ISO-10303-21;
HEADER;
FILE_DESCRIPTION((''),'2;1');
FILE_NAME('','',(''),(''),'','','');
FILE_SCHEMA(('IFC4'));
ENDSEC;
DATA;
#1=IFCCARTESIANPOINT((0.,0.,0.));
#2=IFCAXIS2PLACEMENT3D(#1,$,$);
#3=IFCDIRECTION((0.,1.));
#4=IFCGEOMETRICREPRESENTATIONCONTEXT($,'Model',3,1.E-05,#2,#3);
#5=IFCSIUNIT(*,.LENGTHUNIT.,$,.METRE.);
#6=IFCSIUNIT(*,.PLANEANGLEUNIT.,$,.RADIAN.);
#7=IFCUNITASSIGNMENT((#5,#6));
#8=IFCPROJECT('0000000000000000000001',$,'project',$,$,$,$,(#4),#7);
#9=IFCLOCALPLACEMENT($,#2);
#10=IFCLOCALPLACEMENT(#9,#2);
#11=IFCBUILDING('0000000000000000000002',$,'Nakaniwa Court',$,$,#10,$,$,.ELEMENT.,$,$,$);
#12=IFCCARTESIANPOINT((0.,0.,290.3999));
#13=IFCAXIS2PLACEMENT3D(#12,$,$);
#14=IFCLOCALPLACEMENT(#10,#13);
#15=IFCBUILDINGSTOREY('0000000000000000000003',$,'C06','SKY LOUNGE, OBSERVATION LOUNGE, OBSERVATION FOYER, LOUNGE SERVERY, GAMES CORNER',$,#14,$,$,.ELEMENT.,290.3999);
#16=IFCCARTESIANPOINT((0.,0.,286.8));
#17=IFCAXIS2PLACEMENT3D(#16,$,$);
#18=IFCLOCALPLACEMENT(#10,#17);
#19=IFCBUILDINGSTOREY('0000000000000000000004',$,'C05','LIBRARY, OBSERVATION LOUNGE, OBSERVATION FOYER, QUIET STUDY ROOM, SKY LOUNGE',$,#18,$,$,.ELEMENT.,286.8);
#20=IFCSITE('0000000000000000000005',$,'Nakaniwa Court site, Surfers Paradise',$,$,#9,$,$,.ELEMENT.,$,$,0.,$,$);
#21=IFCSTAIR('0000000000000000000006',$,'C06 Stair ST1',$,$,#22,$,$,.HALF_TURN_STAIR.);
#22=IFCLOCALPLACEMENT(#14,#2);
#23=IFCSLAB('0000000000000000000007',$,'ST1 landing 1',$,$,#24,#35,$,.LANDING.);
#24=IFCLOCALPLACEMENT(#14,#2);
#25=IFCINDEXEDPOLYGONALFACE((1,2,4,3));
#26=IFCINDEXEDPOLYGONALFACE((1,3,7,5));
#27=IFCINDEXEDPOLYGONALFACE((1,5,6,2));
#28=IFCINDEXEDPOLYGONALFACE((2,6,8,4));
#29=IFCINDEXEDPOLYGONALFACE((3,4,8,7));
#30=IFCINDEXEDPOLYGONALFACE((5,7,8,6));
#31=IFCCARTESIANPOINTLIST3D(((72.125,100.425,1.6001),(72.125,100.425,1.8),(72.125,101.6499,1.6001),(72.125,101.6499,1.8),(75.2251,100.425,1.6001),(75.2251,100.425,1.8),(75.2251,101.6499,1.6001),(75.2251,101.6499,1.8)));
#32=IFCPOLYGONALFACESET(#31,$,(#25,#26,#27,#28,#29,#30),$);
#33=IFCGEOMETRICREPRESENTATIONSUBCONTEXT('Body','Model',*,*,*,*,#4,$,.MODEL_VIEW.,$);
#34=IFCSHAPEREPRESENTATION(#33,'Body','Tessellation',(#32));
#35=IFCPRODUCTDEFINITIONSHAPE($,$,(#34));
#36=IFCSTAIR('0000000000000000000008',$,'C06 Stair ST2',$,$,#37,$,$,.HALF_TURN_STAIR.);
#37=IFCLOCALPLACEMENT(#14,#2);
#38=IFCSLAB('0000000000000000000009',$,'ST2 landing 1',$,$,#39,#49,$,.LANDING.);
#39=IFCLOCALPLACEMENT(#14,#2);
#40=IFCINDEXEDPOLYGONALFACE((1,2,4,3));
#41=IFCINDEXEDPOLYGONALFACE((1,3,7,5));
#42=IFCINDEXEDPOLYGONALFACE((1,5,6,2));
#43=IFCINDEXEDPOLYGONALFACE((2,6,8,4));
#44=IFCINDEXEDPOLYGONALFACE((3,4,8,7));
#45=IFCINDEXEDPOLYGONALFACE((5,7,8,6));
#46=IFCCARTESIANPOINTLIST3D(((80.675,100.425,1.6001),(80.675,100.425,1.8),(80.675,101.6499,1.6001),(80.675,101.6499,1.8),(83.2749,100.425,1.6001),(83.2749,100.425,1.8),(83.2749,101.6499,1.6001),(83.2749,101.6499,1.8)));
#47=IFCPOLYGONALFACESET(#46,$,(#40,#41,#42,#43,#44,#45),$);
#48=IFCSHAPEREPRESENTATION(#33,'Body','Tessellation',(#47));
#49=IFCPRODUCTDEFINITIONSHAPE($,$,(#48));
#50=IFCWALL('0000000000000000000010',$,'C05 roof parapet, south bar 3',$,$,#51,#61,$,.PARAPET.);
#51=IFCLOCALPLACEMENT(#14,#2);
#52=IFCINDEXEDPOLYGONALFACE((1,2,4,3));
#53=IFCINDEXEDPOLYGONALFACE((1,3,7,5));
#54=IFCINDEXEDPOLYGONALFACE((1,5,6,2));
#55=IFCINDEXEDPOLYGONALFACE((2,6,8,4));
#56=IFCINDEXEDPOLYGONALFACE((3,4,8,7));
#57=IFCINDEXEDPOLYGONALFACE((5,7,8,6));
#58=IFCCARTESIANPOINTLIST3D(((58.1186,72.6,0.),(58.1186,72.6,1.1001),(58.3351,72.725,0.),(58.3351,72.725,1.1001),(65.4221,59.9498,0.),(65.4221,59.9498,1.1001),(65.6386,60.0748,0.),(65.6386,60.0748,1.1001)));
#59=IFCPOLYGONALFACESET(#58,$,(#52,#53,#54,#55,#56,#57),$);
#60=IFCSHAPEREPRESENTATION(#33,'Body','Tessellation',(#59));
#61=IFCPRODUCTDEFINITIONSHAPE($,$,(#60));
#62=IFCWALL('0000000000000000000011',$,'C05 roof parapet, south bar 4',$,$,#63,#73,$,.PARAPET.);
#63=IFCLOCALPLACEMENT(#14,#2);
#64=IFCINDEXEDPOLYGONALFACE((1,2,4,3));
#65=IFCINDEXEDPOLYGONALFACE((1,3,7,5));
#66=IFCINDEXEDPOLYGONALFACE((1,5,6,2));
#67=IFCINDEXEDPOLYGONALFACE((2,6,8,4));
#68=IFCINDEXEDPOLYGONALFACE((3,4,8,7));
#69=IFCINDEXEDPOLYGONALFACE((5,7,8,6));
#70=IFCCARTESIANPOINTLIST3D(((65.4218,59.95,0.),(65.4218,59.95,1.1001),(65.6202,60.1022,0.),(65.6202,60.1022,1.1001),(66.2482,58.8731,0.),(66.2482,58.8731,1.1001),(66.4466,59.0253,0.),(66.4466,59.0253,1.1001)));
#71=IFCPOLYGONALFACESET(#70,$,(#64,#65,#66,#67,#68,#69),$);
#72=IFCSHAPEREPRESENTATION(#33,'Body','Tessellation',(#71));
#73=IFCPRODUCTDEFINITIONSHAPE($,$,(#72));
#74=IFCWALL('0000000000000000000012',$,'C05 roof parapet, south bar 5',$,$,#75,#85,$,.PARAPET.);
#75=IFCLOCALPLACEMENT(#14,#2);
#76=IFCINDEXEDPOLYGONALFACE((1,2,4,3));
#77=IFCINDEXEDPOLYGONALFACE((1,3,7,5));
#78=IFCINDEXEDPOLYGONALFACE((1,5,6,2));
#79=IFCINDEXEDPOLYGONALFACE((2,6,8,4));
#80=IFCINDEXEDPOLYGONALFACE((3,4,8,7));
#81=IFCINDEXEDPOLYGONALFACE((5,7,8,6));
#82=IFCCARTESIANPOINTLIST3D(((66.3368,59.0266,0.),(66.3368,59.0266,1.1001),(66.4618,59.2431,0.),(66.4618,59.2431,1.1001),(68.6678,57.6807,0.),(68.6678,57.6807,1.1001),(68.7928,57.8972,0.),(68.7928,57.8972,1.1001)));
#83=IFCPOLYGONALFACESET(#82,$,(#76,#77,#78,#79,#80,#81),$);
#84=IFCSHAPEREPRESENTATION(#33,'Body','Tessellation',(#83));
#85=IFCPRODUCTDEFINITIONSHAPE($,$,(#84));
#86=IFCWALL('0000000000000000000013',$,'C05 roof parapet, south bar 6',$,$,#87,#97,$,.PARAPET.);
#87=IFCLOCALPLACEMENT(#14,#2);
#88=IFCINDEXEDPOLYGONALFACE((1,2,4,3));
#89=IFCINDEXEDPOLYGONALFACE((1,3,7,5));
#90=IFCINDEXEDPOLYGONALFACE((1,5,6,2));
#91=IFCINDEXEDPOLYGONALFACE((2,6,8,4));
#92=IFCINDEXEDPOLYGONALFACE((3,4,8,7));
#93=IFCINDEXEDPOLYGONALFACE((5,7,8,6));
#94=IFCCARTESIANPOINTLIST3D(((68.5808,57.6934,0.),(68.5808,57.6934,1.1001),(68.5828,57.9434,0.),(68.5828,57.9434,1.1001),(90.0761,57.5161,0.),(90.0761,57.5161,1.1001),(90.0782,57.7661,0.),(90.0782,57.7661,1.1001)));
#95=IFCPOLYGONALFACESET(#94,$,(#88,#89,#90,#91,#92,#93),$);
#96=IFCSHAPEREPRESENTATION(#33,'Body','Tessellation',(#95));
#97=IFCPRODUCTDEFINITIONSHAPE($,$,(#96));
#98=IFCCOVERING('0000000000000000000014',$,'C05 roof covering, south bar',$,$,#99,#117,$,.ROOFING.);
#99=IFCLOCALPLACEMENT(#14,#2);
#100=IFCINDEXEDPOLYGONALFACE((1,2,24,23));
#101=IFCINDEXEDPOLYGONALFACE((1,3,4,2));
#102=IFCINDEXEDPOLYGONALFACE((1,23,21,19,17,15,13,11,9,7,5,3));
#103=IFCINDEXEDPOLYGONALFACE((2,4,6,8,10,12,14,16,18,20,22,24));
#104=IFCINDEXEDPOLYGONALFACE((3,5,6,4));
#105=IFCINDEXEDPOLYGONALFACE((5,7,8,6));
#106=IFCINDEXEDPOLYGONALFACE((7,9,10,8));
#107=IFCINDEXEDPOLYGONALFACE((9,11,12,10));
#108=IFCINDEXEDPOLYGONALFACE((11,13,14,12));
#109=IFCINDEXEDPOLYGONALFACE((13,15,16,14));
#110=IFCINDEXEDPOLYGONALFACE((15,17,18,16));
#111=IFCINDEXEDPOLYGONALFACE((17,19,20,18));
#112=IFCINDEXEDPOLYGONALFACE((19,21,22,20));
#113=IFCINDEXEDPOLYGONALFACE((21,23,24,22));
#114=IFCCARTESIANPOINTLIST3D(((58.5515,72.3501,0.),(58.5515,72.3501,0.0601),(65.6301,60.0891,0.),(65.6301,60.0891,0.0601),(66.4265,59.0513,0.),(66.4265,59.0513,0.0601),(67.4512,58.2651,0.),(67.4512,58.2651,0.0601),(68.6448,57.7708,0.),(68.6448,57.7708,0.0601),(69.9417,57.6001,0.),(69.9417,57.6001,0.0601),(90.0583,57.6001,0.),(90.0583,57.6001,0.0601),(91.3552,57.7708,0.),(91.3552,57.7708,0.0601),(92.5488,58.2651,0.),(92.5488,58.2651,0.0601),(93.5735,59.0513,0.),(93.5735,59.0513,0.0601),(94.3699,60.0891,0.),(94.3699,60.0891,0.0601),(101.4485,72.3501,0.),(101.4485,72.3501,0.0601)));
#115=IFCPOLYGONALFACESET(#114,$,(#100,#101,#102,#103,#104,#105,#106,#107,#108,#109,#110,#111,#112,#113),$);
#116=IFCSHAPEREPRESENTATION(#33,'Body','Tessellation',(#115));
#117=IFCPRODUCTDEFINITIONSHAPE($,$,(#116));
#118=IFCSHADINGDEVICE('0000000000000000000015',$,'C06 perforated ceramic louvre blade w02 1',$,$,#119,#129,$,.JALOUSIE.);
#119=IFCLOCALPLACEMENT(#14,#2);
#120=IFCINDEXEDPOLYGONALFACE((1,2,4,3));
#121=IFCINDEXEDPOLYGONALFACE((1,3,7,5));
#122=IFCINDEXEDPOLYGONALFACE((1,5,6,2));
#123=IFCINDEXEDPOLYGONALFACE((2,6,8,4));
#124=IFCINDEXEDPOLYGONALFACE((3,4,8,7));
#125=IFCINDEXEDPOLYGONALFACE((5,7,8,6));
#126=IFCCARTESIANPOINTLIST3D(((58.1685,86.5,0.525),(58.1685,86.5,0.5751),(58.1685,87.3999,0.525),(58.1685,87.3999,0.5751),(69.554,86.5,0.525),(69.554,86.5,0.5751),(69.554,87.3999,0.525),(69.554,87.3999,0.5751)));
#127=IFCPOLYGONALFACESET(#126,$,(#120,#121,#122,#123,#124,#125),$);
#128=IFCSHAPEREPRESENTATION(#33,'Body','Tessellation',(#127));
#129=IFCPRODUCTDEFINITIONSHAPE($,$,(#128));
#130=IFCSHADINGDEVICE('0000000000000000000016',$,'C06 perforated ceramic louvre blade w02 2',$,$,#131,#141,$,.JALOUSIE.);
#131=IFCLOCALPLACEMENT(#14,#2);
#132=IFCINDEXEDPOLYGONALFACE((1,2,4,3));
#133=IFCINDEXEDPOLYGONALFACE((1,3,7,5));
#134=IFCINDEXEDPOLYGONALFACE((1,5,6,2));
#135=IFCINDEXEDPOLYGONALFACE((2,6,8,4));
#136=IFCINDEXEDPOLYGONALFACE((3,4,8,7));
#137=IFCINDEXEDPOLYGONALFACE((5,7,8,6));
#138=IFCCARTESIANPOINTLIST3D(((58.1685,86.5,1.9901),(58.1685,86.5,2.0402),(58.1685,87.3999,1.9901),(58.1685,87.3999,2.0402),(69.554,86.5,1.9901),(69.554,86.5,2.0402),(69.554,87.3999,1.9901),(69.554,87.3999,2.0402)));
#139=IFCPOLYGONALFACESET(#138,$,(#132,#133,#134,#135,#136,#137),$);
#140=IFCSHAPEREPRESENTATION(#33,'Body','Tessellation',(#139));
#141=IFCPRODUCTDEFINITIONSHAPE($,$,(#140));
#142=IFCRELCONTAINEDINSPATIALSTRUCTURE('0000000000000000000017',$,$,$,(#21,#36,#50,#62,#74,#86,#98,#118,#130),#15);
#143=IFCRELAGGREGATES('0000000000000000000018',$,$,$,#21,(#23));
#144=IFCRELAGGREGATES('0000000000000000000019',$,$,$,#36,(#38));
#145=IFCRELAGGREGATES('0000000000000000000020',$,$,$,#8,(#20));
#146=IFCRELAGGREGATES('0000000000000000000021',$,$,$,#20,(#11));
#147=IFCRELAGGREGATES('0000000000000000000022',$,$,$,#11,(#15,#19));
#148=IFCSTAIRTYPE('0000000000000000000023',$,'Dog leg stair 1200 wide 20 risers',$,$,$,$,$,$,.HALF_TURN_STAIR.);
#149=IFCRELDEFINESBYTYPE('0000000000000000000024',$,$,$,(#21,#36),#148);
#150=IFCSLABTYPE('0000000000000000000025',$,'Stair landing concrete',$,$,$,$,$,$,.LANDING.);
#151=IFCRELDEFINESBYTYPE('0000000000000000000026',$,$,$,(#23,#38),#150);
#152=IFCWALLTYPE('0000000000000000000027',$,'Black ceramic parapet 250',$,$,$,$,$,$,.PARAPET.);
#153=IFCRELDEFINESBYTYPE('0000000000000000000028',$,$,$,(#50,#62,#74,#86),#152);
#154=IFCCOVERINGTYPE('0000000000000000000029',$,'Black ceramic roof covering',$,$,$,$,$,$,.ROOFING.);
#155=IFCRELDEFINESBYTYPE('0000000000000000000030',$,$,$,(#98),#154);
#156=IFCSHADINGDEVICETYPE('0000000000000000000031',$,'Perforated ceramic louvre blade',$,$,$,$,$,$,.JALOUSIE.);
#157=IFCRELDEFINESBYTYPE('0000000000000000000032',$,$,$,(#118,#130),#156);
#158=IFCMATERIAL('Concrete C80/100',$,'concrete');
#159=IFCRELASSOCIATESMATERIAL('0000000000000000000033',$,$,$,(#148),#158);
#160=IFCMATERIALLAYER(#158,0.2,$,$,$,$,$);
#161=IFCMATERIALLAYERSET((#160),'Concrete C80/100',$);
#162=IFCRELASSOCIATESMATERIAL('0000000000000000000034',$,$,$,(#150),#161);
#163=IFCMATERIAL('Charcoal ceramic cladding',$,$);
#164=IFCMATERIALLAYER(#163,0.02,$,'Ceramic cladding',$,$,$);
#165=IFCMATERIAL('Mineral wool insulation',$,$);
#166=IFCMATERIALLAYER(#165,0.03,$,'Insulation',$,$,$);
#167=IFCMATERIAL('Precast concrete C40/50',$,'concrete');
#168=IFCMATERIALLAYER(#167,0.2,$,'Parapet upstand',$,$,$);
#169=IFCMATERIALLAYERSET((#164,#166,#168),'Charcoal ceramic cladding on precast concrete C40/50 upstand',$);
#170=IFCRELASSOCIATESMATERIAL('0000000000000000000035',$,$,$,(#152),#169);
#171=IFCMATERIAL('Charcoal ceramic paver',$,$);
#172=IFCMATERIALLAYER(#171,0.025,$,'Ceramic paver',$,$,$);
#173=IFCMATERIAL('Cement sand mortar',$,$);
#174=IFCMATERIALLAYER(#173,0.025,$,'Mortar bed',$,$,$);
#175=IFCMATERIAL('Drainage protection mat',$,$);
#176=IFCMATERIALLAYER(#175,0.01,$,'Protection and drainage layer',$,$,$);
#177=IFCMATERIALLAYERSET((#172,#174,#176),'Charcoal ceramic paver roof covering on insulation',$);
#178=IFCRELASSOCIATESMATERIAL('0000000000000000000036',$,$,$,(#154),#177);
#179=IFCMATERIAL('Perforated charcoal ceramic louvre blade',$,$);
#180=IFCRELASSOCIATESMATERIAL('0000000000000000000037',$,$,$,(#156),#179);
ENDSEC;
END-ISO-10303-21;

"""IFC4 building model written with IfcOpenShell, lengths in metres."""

from ifc_helpers import new_model, si_unit, direction, frame, frame_2d, origin, origin_2d, place, context, subcontext, project, spatial, polyline, rectangle, outline, extrude, material, layer, layer_set, material_profile, profile_set, type_object, element, aggregate, save


model = new_model("IFC4")

# Units and contexts
model_context = context("Model", 3, precision=1e-05, world=origin(), true_north=direction((0.0, 1.0)))
body_context = subcontext(model_context, "Body", "Model", "MODEL_VIEW")
ifc_project = project(units=[si_unit("LENGTHUNIT", "METRE"), si_unit("PLANEANGLEUNIT", "RADIAN")], contexts=[model_context])

# Site, building, storey
site_placement = place(None, origin())
site = spatial("IfcSite", under=ifc_project, at=site_placement, Name="Nakaniwa Court site, Surfers Paradise", CompositionType="ELEMENT", RefElevation=0.0)
building_placement = place(site_placement, origin())
building = spatial("IfcBuilding", under=site, at=building_placement, Name="Nakaniwa Court", CompositionType="ELEMENT")
storey_1_placement = place(building_placement, frame((0.0, 0.0, 290.3999)))
storey_1 = spatial("IfcBuildingStorey", under=building, at=storey_1_placement, Name="C06", Description="SKY LOUNGE, OBSERVATION LOUNGE, OBSERVATION FOYER, LOUNGE SERVERY, GAMES CORNER", CompositionType="ELEMENT", Elevation=290.3999)

# Shared definitions
ifc_material_1 = material(Name="Concrete C80/100", Category="concrete")

# Shared definitions
storey_2_placement = place(building_placement, frame((0.0, 0.0, 286.8)))
storey_2 = spatial("IfcBuildingStorey", under=building, at=storey_2_placement, Name="C05", Description="LIBRARY, OBSERVATION LOUNGE, OBSERVATION FOYER, QUIET STUDY ROOM, SKY LOUNGE", CompositionType="ELEMENT", Elevation=286.8)

# Stairs, slabs
stair_type = type_object("IfcStairType", Name="Dog leg stair 1200 wide 20 risers", PredefinedType="HALF_TURN_STAIR", material=ifc_material_1)
stair_1_placement = place(storey_1_placement, origin())
stair_1 = element("IfcStair", 1, at=stair_1_placement, inside=storey_1, type_object=stair_type, Name="C06 Stair ST1", PredefinedType="HALF_TURN_STAIR")
ifc_layer_1 = layer(ifc_material_1, 0.2)
ifc_layer_set_1 = layer_set([ifc_layer_1], Name="Concrete C80/100")
slab_type_1 = type_object("IfcSlabType", Name="Stair landing concrete", PredefinedType="LANDING", material=ifc_layer_set_1)
slab_1_placement = place(storey_1_placement, frame((0.0, 0.0, 1.6001)))
slab_1 = element("IfcSlab", 2, at=slab_1_placement, type_object=slab_type_1, Name="ST1 landing 1", PredefinedType="LANDING", context=body_context, shape_type="SweptSolid", body=[
    extrude(outline(polyline([(75.2251, 100.425), (75.2251, 101.6499), (72.125, 101.6499), (72.125, 100.425), (75.2251, 100.425)])), origin(), (0.0, 0.0, 1.0), 0.2),
])
aggregate(stair_1, [slab_1])
stair_2_placement = place(storey_1_placement, origin())
stair_2 = element("IfcStair", 3, at=stair_2_placement, inside=storey_1, type_object=stair_type, Name="C06 Stair ST2", PredefinedType="HALF_TURN_STAIR")
slab_2_placement = place(storey_1_placement, frame((0.0, 0.0, 1.6001)))
slab_2 = element("IfcSlab", 4, at=slab_2_placement, type_object=slab_type_1, Name="ST2 landing 1", PredefinedType="LANDING", context=body_context, shape_type="SweptSolid", body=[
    extrude(outline(polyline([(83.2749, 100.425), (83.2749, 101.6499), (80.675, 101.6499), (80.675, 100.425), (83.2749, 100.425)])), origin(), (0.0, 0.0, 1.0), 0.2),
])
aggregate(stair_2, [slab_2])

# Walls
ifc_material_2 = material(Name="Charcoal ceramic cladding")
ifc_layer_2 = layer(ifc_material_2, 0.02, Name="Ceramic cladding")
ifc_material_3 = material(Name="Mineral wool insulation")
ifc_layer_3 = layer(ifc_material_3, 0.03, Name="Insulation")
ifc_material_4 = material(Name="Precast concrete C40/50", Category="concrete")
ifc_layer_4 = layer(ifc_material_4, 0.2, Name="Parapet upstand")
ifc_layer_set_2 = layer_set([ifc_layer_2, ifc_layer_3, ifc_layer_4], Name="Charcoal ceramic cladding on precast concrete C40/50 upstand")
wall_type = type_object("IfcWallType", Name="Black ceramic parapet 250", PredefinedType="PARAPET", material=ifc_layer_set_2)
wall_1_placement = place(storey_1_placement, frame((58.2268, 72.6626, 0.0), z_axis=(0.0, 0.0, 1.0), x_axis=(0.499995, -0.866028, 0.0)))
element("IfcWall", 5, at=wall_1_placement, inside=storey_1, type_object=wall_type, Name="C05 roof parapet, south bar 3", PredefinedType="PARAPET", context=body_context, shape_type="SweptSolid", body=[
    extrude(rectangle(XDim=14.6072, YDim=0.25, at=frame_2d((7.3037, 0.0))), origin(), (0.0, 0.0, 1.0), 1.1001),
])
wall_2_placement = place(storey_1_placement, frame((65.521, 60.0261, 0.0), z_axis=(0.0, 0.0, 1.0), x_axis=(0.608798, -0.793325, 0.0)))
element("IfcWall", 6, at=wall_2_placement, inside=storey_1, type_object=wall_type, Name="C05 roof parapet, south bar 4", PredefinedType="PARAPET", context=body_context, shape_type="SweptSolid", body=[
    extrude(rectangle(XDim=1.3574, YDim=0.25, at=frame_2d((0.6787, 0.0))), origin(), (0.0, 0.0, 1.0), 1.1001),
])
wall_3_placement = place(storey_1_placement, frame((66.3994, 59.1348, 0.0), z_axis=(0.0, 0.0, 1.0), x_axis=(0.866007, -0.500031, 0.0)))
element("IfcWall", 7, at=wall_3_placement, inside=storey_1, type_object=wall_type, Name="C05 roof parapet, south bar 5", PredefinedType="PARAPET", context=body_context, shape_type="SweptSolid", body=[
    extrude(rectangle(XDim=2.6917, YDim=0.25, at=frame_2d((1.3457, 0.0))), origin(), (0.0, 0.0, 1.0), 1.1001),
])
wall_4_placement = place(storey_1_placement, frame((68.5818, 57.8184, 0.0), z_axis=(0.0, 0.0, 1.0), x_axis=(0.999966, -0.008246, 0.0)))
element("IfcWall", 8, at=wall_4_placement, inside=storey_1, type_object=wall_type, Name="C05 roof parapet, south bar 6", PredefinedType="PARAPET", context=body_context, shape_type="SweptSolid", body=[
    extrude(rectangle(XDim=21.4961, YDim=0.25, at=frame_2d((10.748, 0.0))), origin(), (0.0, 0.0, 1.0), 1.1001),
])

# Covering
ifc_material_5 = material(Name="Charcoal ceramic paver")
ifc_layer_5 = layer(ifc_material_5, 0.025, Name="Ceramic paver")
ifc_material_6 = material(Name="Cement sand mortar")
ifc_layer_6 = layer(ifc_material_6, 0.025, Name="Mortar bed")
ifc_material_7 = material(Name="Drainage protection mat")
ifc_layer_7 = layer(ifc_material_7, 0.01, Name="Protection and drainage layer")
ifc_layer_set_3 = layer_set([ifc_layer_5, ifc_layer_6, ifc_layer_7], Name="Charcoal ceramic paver roof covering on insulation")
covering_type = type_object("IfcCoveringType", Name="Black ceramic roof covering", PredefinedType="ROOFING", material=ifc_layer_set_3)
covering_placement = place(storey_1_placement, origin())
element("IfcCovering", 9, at=covering_placement, inside=storey_1, type_object=covering_type, Name="C05 roof covering, south bar", PredefinedType="ROOFING", context=body_context, shape_type="SweptSolid", body=[
    extrude(outline(polyline([(93.5735, 59.0513), (92.5488, 58.2651), (91.3552, 57.7708), (90.0583, 57.6001), (69.9417, 57.6001), (68.6448, 57.7708), (67.4512, 58.2651), (66.4265, 59.0513), (65.6301, 60.0891), (58.5515, 72.3501), (101.4485, 72.3501), (94.3699, 60.0891), (93.5735, 59.0513)])), origin(), (0.0, 0.0, 1.0), 0.0601),
])

# Shading devices
ifc_material_8 = material(Name="Perforated charcoal ceramic louvre blade")
ifc_material_profile_1 = material_profile(ifc_material_8, rectangle(XDim=0.8999, YDim=0.05, at=origin_2d()), Name="Perforated ceramic louvre blade")
ifc_profile_set_1 = profile_set([ifc_material_profile_1], Name="Perforated charcoal ceramic louvre blade")
shading_device_type = type_object("IfcShadingDeviceType", Name="Perforated ceramic louvre blade", PredefinedType="JALOUSIE", material=ifc_profile_set_1)
for number, where, z_axis, x_axis, name in (
    (10, (58.1685, 86.95, 0.55), (1.0, 0.0, 0.0), (0.0, 1.0, 0.0), "C06 perforated ceramic louvre blade w02 1"),
    (11, (58.1685, 86.95, 2.0151), (1.0, 0.0, 0.0), (0.0, 1.0, 0.0), "C06 perforated ceramic louvre blade w02 2"),
):
    element("IfcShadingDevice", number, at=place(storey_1_placement, frame(where, z_axis=z_axis, x_axis=x_axis)), inside=storey_1, type_object=shading_device_type, Name=name, PredefinedType="JALOUSIE", context=body_context, shape_type="SweptSolid", body=[
        extrude(rectangle(XDim=0.8999, YDim=0.05, at=origin_2d()), origin(), (0.0, 0.0, 1.0), 11.3855),
    ])

save(model, "model.ifc")
